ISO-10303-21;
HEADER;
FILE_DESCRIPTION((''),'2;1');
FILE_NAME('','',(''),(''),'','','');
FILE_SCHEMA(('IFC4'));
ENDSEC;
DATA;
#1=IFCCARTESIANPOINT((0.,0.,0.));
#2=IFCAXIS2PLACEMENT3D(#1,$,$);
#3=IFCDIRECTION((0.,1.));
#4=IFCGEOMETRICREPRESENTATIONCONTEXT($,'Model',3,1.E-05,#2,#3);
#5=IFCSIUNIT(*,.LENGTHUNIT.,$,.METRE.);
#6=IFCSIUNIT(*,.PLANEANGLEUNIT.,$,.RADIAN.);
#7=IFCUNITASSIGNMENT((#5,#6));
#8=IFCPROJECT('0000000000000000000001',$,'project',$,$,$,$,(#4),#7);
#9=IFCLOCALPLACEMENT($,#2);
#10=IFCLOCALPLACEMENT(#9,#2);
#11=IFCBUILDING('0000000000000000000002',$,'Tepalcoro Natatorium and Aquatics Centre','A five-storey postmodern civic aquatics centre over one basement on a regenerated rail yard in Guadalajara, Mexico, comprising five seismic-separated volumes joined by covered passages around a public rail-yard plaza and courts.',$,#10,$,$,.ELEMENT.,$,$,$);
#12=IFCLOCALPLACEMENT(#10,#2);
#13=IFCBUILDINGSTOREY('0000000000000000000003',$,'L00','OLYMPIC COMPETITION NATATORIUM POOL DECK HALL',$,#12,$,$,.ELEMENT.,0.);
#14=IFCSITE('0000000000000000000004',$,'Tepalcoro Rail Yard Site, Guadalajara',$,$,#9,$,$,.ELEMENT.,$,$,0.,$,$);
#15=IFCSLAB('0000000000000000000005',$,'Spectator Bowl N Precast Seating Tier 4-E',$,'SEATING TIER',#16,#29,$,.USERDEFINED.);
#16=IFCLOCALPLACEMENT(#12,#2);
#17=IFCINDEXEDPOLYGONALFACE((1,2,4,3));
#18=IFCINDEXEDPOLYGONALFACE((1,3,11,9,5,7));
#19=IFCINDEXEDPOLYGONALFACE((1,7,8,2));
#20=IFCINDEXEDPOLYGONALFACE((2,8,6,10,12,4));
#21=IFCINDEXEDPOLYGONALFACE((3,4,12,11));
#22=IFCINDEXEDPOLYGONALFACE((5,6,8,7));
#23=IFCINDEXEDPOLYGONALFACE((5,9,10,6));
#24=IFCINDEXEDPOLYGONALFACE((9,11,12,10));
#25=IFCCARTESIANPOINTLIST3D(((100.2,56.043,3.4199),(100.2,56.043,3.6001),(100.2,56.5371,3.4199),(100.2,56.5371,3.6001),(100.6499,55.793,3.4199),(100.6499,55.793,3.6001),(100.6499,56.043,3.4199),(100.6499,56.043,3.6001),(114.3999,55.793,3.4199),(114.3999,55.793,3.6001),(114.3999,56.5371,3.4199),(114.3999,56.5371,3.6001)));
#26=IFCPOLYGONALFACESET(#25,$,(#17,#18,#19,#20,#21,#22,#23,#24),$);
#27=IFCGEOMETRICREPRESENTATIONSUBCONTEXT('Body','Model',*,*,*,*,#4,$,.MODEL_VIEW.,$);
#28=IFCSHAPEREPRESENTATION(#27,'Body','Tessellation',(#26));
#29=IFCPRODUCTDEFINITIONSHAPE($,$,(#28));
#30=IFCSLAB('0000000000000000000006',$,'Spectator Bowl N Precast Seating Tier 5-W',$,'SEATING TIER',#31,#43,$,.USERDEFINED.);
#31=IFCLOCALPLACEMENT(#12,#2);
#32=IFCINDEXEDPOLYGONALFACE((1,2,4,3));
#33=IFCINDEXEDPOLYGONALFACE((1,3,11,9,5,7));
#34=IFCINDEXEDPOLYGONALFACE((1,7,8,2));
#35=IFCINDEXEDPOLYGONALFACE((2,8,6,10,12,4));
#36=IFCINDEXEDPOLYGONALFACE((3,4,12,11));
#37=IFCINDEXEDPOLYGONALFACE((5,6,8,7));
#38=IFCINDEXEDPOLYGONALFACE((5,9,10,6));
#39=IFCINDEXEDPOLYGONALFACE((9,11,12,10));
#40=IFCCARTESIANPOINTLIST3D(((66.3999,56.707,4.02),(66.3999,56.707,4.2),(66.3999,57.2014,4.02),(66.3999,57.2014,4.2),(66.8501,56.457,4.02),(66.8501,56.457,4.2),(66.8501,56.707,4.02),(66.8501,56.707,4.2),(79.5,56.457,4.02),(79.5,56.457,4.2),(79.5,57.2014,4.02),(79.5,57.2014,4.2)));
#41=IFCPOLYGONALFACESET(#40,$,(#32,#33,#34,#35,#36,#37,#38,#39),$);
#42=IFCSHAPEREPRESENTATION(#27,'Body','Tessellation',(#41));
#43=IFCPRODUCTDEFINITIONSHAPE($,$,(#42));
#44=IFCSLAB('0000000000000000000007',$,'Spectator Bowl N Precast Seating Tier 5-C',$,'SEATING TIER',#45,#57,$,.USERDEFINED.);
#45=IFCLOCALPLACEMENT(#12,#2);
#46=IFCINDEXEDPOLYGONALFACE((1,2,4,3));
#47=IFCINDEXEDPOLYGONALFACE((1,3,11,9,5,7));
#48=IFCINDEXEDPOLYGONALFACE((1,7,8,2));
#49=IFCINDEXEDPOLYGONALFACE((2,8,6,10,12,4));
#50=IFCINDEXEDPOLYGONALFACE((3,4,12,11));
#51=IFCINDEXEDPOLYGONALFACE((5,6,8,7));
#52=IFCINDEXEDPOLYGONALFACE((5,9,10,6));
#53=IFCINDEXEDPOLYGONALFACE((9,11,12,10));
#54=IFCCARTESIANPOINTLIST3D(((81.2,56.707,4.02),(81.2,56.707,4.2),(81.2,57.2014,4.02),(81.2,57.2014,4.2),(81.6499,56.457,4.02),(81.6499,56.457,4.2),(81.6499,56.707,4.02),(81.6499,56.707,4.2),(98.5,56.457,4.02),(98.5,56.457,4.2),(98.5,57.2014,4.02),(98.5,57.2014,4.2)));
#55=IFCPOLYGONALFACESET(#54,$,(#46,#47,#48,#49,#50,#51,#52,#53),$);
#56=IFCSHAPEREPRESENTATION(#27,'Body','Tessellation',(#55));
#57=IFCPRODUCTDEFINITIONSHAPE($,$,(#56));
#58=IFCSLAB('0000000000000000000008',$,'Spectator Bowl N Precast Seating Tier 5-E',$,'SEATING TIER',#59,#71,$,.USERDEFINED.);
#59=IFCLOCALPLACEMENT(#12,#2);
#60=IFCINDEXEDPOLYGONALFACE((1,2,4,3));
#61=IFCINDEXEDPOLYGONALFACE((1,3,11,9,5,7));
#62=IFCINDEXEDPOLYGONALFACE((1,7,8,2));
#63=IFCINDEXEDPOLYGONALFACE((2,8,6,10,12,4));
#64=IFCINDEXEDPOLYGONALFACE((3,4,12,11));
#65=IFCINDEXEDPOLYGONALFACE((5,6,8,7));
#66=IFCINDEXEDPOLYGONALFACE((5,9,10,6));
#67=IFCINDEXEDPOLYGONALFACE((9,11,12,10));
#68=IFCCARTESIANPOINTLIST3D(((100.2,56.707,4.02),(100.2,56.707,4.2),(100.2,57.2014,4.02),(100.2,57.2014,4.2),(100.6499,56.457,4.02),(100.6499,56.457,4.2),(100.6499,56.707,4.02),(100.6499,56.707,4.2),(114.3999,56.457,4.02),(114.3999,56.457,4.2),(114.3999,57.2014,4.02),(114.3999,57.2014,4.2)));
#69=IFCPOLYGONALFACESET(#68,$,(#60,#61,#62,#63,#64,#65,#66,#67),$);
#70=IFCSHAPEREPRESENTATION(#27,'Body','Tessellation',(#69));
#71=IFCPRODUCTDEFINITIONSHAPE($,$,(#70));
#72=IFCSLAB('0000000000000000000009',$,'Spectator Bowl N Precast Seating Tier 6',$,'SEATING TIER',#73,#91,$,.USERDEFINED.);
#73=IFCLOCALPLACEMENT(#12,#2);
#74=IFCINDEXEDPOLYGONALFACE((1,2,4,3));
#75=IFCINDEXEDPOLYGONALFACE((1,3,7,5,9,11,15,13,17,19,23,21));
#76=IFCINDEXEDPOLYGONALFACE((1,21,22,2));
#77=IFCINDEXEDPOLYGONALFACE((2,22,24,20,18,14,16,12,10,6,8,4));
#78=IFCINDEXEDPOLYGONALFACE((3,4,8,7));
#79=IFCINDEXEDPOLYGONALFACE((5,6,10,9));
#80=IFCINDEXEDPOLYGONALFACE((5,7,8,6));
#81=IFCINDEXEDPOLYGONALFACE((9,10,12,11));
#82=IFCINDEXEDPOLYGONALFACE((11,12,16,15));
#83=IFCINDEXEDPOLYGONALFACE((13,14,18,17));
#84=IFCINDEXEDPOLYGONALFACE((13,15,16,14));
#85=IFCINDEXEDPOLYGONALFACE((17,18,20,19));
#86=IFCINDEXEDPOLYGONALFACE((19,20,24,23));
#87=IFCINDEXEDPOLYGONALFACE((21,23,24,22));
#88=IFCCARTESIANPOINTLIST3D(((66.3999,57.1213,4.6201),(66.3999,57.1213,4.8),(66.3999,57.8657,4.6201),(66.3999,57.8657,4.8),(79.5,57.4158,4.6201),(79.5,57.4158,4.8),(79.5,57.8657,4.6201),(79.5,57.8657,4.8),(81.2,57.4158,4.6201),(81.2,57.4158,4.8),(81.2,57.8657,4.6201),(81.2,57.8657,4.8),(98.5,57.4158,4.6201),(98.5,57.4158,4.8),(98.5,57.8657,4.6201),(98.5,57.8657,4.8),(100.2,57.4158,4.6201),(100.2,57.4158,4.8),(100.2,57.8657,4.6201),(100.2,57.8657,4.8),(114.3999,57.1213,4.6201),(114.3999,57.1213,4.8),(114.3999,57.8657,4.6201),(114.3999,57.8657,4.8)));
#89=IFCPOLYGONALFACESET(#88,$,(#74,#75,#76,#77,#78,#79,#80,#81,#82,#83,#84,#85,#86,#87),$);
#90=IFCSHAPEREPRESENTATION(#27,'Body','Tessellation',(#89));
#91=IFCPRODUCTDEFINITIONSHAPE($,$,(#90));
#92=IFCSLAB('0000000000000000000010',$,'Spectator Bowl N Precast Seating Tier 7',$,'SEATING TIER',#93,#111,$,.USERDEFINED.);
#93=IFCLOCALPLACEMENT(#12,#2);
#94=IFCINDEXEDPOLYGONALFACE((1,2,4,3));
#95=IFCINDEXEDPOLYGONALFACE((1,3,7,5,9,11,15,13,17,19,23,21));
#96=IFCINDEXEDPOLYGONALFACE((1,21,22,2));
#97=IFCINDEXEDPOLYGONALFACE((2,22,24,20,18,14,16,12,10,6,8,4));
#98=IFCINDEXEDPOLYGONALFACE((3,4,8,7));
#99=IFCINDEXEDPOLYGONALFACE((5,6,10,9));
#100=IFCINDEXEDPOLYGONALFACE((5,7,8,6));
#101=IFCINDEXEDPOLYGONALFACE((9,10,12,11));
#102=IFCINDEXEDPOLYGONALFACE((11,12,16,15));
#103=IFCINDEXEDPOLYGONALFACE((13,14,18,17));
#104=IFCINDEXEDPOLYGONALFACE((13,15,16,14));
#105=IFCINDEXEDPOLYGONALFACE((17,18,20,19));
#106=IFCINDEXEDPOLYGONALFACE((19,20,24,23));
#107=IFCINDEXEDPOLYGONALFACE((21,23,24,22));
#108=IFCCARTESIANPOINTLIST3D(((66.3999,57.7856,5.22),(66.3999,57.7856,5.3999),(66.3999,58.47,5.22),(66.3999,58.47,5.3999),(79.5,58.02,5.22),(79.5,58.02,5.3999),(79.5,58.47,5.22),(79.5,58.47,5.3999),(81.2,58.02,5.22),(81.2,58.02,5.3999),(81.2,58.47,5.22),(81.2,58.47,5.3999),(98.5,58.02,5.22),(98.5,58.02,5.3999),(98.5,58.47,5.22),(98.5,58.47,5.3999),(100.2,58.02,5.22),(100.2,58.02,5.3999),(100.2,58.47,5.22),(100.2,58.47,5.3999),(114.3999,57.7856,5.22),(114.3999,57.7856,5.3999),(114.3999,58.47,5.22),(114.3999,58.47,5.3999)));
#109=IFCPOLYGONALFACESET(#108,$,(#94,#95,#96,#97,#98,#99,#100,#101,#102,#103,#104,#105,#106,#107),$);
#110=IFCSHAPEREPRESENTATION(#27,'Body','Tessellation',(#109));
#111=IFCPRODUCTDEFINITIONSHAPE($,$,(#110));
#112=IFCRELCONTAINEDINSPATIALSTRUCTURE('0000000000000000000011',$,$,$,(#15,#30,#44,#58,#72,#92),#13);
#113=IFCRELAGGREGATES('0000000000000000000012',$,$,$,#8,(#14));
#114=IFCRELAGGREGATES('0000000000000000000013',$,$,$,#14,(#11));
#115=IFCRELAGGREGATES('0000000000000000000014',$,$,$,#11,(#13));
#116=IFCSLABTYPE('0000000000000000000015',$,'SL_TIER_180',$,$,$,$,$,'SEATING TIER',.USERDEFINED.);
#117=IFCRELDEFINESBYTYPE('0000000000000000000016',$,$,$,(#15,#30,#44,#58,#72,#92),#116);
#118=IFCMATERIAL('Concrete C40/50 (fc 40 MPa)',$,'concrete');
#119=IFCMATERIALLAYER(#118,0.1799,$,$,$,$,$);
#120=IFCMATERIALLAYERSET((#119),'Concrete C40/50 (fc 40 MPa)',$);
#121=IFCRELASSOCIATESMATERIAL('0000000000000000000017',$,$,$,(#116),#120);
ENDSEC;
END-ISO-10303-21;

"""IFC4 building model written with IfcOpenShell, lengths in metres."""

from ifc_helpers import new_model, si_unit, direction, frame, origin, place, context, subcontext, project, spatial, polyline, outline, extrude, material, layer, layer_set, type_object, element, save


model = new_model("IFC4")

# Units and contexts
model_context = context("Model", 3, precision=1e-05, world=origin(), true_north=direction((0.0, 1.0)))
body_context = subcontext(model_context, "Body", "Model", "MODEL_VIEW")
ifc_project = project(units=[si_unit("LENGTHUNIT", "METRE"), si_unit("PLANEANGLEUNIT", "RADIAN")], contexts=[model_context])

# Site, building, storey
site_placement = place(None, origin())
site = spatial("IfcSite", under=ifc_project, at=site_placement, Name="Tepalcoro Rail Yard Site, Guadalajara", CompositionType="ELEMENT", RefElevation=0.0)
building_placement = place(site_placement, origin())
building = spatial("IfcBuilding", under=site, at=building_placement, Name="Tepalcoro Natatorium and Aquatics Centre", Description="A five-storey postmodern civic aquatics centre over one basement on a regenerated rail yard in Guadalajara, Mexico, comprising five seismic-separated volumes joined by covered passages around a public rail-yard plaza and courts.", CompositionType="ELEMENT")
storey_placement = place(building_placement, origin())
storey = spatial("IfcBuildingStorey", under=building, at=storey_placement, Name="L00", Description="OLYMPIC COMPETITION NATATORIUM POOL DECK HALL", CompositionType="ELEMENT", Elevation=0.0)

# Slabs
ifc_material = material(Name="Concrete C40/50 (fc 40 MPa)", Category="concrete")
ifc_layer = layer(ifc_material, 0.1799)
ifc_layer_set = layer_set([ifc_layer], Name="Concrete C40/50 (fc 40 MPa)")
slab_type = type_object("IfcSlabType", Name="SL_TIER_180", ElementType="SEATING TIER", PredefinedType="USERDEFINED", material=ifc_layer_set)
slab_1_placement = place(storey_placement, frame((0.0, 0.0, 3.4199)))
element("IfcSlab", 1, at=slab_1_placement, inside=storey, type_object=slab_type, Name="Spectator Bowl N Precast Seating Tier 4-E", ObjectType="SEATING TIER", PredefinedType="USERDEFINED", context=body_context, shape_type="SweptSolid", body=[
    extrude(outline(polyline([(100.2, 56.5371), (114.3999, 56.5371), (114.3999, 55.793), (100.6499, 55.793), (100.6499, 56.043), (100.2, 56.043), (100.2, 56.5371)])), origin(), (0.0, 0.0, 1.0), 0.1802),
])
slab_2_placement = place(storey_placement, frame((0.0, 0.0, 4.02)))
element("IfcSlab", 2, at=slab_2_placement, inside=storey, type_object=slab_type, Name="Spectator Bowl N Precast Seating Tier 5-W", ObjectType="SEATING TIER", PredefinedType="USERDEFINED", context=body_context, shape_type="SweptSolid", body=[
    extrude(outline(polyline([(66.3999, 57.2014), (79.5, 57.2014), (79.5, 56.457), (66.8501, 56.457), (66.8501, 56.707), (66.3999, 56.707), (66.3999, 57.2014)])), origin(), (0.0, 0.0, 1.0), 0.1799),
])
slab_3_placement = place(storey_placement, frame((0.0, 0.0, 4.02)))
element("IfcSlab", 3, at=slab_3_placement, inside=storey, type_object=slab_type, Name="Spectator Bowl N Precast Seating Tier 5-C", ObjectType="SEATING TIER", PredefinedType="USERDEFINED", context=body_context, shape_type="SweptSolid", body=[
    extrude(outline(polyline([(81.2, 57.2014), (98.5, 57.2014), (98.5, 56.457), (81.6499, 56.457), (81.6499, 56.707), (81.2, 56.707), (81.2, 57.2014)])), origin(), (0.0, 0.0, 1.0), 0.1799),
])
slab_4_placement = place(storey_placement, frame((0.0, 0.0, 4.02)))
element("IfcSlab", 4, at=slab_4_placement, inside=storey, type_object=slab_type, Name="Spectator Bowl N Precast Seating Tier 5-E", ObjectType="SEATING TIER", PredefinedType="USERDEFINED", context=body_context, shape_type="SweptSolid", body=[
    extrude(outline(polyline([(100.2, 57.2014), (114.3999, 57.2014), (114.3999, 56.457), (100.6499, 56.457), (100.6499, 56.707), (100.2, 56.707), (100.2, 57.2014)])), origin(), (0.0, 0.0, 1.0), 0.1799),
])
slab_5_placement = place(storey_placement, frame((0.0, 0.0, 4.6201)))
element("IfcSlab", 5, at=slab_5_placement, inside=storey, type_object=slab_type, Name="Spectator Bowl N Precast Seating Tier 6", ObjectType="SEATING TIER", PredefinedType="USERDEFINED", context=body_context, shape_type="SweptSolid", body=[
    extrude(outline(polyline([(114.3999, 57.8657), (114.3999, 57.1213), (66.3999, 57.1213), (66.3999, 57.8657), (79.5, 57.8657), (79.5, 57.4158), (81.2, 57.4158), (81.2, 57.8657), (98.5, 57.8657), (98.5, 57.4158), (100.2, 57.4158), (100.2, 57.8657), (114.3999, 57.8657)])), origin(), (0.0, 0.0, 1.0), 0.1799),
])
slab_6_placement = place(storey_placement, frame((0.0, 0.0, 5.22)))
element("IfcSlab", 6, at=slab_6_placement, inside=storey, type_object=slab_type, Name="Spectator Bowl N Precast Seating Tier 7", ObjectType="SEATING TIER", PredefinedType="USERDEFINED", context=body_context, shape_type="SweptSolid", body=[
    extrude(outline(polyline([(114.3999, 58.47), (114.3999, 57.7856), (66.3999, 57.7856), (66.3999, 58.47), (79.5, 58.47), (79.5, 58.02), (81.2, 58.02), (81.2, 58.47), (98.5, 58.47), (98.5, 58.02), (100.2, 58.02), (100.2, 58.47), (114.3999, 58.47)])), origin(), (0.0, 0.0, 1.0), 0.1799),
])

save(model, "model.ifc")
